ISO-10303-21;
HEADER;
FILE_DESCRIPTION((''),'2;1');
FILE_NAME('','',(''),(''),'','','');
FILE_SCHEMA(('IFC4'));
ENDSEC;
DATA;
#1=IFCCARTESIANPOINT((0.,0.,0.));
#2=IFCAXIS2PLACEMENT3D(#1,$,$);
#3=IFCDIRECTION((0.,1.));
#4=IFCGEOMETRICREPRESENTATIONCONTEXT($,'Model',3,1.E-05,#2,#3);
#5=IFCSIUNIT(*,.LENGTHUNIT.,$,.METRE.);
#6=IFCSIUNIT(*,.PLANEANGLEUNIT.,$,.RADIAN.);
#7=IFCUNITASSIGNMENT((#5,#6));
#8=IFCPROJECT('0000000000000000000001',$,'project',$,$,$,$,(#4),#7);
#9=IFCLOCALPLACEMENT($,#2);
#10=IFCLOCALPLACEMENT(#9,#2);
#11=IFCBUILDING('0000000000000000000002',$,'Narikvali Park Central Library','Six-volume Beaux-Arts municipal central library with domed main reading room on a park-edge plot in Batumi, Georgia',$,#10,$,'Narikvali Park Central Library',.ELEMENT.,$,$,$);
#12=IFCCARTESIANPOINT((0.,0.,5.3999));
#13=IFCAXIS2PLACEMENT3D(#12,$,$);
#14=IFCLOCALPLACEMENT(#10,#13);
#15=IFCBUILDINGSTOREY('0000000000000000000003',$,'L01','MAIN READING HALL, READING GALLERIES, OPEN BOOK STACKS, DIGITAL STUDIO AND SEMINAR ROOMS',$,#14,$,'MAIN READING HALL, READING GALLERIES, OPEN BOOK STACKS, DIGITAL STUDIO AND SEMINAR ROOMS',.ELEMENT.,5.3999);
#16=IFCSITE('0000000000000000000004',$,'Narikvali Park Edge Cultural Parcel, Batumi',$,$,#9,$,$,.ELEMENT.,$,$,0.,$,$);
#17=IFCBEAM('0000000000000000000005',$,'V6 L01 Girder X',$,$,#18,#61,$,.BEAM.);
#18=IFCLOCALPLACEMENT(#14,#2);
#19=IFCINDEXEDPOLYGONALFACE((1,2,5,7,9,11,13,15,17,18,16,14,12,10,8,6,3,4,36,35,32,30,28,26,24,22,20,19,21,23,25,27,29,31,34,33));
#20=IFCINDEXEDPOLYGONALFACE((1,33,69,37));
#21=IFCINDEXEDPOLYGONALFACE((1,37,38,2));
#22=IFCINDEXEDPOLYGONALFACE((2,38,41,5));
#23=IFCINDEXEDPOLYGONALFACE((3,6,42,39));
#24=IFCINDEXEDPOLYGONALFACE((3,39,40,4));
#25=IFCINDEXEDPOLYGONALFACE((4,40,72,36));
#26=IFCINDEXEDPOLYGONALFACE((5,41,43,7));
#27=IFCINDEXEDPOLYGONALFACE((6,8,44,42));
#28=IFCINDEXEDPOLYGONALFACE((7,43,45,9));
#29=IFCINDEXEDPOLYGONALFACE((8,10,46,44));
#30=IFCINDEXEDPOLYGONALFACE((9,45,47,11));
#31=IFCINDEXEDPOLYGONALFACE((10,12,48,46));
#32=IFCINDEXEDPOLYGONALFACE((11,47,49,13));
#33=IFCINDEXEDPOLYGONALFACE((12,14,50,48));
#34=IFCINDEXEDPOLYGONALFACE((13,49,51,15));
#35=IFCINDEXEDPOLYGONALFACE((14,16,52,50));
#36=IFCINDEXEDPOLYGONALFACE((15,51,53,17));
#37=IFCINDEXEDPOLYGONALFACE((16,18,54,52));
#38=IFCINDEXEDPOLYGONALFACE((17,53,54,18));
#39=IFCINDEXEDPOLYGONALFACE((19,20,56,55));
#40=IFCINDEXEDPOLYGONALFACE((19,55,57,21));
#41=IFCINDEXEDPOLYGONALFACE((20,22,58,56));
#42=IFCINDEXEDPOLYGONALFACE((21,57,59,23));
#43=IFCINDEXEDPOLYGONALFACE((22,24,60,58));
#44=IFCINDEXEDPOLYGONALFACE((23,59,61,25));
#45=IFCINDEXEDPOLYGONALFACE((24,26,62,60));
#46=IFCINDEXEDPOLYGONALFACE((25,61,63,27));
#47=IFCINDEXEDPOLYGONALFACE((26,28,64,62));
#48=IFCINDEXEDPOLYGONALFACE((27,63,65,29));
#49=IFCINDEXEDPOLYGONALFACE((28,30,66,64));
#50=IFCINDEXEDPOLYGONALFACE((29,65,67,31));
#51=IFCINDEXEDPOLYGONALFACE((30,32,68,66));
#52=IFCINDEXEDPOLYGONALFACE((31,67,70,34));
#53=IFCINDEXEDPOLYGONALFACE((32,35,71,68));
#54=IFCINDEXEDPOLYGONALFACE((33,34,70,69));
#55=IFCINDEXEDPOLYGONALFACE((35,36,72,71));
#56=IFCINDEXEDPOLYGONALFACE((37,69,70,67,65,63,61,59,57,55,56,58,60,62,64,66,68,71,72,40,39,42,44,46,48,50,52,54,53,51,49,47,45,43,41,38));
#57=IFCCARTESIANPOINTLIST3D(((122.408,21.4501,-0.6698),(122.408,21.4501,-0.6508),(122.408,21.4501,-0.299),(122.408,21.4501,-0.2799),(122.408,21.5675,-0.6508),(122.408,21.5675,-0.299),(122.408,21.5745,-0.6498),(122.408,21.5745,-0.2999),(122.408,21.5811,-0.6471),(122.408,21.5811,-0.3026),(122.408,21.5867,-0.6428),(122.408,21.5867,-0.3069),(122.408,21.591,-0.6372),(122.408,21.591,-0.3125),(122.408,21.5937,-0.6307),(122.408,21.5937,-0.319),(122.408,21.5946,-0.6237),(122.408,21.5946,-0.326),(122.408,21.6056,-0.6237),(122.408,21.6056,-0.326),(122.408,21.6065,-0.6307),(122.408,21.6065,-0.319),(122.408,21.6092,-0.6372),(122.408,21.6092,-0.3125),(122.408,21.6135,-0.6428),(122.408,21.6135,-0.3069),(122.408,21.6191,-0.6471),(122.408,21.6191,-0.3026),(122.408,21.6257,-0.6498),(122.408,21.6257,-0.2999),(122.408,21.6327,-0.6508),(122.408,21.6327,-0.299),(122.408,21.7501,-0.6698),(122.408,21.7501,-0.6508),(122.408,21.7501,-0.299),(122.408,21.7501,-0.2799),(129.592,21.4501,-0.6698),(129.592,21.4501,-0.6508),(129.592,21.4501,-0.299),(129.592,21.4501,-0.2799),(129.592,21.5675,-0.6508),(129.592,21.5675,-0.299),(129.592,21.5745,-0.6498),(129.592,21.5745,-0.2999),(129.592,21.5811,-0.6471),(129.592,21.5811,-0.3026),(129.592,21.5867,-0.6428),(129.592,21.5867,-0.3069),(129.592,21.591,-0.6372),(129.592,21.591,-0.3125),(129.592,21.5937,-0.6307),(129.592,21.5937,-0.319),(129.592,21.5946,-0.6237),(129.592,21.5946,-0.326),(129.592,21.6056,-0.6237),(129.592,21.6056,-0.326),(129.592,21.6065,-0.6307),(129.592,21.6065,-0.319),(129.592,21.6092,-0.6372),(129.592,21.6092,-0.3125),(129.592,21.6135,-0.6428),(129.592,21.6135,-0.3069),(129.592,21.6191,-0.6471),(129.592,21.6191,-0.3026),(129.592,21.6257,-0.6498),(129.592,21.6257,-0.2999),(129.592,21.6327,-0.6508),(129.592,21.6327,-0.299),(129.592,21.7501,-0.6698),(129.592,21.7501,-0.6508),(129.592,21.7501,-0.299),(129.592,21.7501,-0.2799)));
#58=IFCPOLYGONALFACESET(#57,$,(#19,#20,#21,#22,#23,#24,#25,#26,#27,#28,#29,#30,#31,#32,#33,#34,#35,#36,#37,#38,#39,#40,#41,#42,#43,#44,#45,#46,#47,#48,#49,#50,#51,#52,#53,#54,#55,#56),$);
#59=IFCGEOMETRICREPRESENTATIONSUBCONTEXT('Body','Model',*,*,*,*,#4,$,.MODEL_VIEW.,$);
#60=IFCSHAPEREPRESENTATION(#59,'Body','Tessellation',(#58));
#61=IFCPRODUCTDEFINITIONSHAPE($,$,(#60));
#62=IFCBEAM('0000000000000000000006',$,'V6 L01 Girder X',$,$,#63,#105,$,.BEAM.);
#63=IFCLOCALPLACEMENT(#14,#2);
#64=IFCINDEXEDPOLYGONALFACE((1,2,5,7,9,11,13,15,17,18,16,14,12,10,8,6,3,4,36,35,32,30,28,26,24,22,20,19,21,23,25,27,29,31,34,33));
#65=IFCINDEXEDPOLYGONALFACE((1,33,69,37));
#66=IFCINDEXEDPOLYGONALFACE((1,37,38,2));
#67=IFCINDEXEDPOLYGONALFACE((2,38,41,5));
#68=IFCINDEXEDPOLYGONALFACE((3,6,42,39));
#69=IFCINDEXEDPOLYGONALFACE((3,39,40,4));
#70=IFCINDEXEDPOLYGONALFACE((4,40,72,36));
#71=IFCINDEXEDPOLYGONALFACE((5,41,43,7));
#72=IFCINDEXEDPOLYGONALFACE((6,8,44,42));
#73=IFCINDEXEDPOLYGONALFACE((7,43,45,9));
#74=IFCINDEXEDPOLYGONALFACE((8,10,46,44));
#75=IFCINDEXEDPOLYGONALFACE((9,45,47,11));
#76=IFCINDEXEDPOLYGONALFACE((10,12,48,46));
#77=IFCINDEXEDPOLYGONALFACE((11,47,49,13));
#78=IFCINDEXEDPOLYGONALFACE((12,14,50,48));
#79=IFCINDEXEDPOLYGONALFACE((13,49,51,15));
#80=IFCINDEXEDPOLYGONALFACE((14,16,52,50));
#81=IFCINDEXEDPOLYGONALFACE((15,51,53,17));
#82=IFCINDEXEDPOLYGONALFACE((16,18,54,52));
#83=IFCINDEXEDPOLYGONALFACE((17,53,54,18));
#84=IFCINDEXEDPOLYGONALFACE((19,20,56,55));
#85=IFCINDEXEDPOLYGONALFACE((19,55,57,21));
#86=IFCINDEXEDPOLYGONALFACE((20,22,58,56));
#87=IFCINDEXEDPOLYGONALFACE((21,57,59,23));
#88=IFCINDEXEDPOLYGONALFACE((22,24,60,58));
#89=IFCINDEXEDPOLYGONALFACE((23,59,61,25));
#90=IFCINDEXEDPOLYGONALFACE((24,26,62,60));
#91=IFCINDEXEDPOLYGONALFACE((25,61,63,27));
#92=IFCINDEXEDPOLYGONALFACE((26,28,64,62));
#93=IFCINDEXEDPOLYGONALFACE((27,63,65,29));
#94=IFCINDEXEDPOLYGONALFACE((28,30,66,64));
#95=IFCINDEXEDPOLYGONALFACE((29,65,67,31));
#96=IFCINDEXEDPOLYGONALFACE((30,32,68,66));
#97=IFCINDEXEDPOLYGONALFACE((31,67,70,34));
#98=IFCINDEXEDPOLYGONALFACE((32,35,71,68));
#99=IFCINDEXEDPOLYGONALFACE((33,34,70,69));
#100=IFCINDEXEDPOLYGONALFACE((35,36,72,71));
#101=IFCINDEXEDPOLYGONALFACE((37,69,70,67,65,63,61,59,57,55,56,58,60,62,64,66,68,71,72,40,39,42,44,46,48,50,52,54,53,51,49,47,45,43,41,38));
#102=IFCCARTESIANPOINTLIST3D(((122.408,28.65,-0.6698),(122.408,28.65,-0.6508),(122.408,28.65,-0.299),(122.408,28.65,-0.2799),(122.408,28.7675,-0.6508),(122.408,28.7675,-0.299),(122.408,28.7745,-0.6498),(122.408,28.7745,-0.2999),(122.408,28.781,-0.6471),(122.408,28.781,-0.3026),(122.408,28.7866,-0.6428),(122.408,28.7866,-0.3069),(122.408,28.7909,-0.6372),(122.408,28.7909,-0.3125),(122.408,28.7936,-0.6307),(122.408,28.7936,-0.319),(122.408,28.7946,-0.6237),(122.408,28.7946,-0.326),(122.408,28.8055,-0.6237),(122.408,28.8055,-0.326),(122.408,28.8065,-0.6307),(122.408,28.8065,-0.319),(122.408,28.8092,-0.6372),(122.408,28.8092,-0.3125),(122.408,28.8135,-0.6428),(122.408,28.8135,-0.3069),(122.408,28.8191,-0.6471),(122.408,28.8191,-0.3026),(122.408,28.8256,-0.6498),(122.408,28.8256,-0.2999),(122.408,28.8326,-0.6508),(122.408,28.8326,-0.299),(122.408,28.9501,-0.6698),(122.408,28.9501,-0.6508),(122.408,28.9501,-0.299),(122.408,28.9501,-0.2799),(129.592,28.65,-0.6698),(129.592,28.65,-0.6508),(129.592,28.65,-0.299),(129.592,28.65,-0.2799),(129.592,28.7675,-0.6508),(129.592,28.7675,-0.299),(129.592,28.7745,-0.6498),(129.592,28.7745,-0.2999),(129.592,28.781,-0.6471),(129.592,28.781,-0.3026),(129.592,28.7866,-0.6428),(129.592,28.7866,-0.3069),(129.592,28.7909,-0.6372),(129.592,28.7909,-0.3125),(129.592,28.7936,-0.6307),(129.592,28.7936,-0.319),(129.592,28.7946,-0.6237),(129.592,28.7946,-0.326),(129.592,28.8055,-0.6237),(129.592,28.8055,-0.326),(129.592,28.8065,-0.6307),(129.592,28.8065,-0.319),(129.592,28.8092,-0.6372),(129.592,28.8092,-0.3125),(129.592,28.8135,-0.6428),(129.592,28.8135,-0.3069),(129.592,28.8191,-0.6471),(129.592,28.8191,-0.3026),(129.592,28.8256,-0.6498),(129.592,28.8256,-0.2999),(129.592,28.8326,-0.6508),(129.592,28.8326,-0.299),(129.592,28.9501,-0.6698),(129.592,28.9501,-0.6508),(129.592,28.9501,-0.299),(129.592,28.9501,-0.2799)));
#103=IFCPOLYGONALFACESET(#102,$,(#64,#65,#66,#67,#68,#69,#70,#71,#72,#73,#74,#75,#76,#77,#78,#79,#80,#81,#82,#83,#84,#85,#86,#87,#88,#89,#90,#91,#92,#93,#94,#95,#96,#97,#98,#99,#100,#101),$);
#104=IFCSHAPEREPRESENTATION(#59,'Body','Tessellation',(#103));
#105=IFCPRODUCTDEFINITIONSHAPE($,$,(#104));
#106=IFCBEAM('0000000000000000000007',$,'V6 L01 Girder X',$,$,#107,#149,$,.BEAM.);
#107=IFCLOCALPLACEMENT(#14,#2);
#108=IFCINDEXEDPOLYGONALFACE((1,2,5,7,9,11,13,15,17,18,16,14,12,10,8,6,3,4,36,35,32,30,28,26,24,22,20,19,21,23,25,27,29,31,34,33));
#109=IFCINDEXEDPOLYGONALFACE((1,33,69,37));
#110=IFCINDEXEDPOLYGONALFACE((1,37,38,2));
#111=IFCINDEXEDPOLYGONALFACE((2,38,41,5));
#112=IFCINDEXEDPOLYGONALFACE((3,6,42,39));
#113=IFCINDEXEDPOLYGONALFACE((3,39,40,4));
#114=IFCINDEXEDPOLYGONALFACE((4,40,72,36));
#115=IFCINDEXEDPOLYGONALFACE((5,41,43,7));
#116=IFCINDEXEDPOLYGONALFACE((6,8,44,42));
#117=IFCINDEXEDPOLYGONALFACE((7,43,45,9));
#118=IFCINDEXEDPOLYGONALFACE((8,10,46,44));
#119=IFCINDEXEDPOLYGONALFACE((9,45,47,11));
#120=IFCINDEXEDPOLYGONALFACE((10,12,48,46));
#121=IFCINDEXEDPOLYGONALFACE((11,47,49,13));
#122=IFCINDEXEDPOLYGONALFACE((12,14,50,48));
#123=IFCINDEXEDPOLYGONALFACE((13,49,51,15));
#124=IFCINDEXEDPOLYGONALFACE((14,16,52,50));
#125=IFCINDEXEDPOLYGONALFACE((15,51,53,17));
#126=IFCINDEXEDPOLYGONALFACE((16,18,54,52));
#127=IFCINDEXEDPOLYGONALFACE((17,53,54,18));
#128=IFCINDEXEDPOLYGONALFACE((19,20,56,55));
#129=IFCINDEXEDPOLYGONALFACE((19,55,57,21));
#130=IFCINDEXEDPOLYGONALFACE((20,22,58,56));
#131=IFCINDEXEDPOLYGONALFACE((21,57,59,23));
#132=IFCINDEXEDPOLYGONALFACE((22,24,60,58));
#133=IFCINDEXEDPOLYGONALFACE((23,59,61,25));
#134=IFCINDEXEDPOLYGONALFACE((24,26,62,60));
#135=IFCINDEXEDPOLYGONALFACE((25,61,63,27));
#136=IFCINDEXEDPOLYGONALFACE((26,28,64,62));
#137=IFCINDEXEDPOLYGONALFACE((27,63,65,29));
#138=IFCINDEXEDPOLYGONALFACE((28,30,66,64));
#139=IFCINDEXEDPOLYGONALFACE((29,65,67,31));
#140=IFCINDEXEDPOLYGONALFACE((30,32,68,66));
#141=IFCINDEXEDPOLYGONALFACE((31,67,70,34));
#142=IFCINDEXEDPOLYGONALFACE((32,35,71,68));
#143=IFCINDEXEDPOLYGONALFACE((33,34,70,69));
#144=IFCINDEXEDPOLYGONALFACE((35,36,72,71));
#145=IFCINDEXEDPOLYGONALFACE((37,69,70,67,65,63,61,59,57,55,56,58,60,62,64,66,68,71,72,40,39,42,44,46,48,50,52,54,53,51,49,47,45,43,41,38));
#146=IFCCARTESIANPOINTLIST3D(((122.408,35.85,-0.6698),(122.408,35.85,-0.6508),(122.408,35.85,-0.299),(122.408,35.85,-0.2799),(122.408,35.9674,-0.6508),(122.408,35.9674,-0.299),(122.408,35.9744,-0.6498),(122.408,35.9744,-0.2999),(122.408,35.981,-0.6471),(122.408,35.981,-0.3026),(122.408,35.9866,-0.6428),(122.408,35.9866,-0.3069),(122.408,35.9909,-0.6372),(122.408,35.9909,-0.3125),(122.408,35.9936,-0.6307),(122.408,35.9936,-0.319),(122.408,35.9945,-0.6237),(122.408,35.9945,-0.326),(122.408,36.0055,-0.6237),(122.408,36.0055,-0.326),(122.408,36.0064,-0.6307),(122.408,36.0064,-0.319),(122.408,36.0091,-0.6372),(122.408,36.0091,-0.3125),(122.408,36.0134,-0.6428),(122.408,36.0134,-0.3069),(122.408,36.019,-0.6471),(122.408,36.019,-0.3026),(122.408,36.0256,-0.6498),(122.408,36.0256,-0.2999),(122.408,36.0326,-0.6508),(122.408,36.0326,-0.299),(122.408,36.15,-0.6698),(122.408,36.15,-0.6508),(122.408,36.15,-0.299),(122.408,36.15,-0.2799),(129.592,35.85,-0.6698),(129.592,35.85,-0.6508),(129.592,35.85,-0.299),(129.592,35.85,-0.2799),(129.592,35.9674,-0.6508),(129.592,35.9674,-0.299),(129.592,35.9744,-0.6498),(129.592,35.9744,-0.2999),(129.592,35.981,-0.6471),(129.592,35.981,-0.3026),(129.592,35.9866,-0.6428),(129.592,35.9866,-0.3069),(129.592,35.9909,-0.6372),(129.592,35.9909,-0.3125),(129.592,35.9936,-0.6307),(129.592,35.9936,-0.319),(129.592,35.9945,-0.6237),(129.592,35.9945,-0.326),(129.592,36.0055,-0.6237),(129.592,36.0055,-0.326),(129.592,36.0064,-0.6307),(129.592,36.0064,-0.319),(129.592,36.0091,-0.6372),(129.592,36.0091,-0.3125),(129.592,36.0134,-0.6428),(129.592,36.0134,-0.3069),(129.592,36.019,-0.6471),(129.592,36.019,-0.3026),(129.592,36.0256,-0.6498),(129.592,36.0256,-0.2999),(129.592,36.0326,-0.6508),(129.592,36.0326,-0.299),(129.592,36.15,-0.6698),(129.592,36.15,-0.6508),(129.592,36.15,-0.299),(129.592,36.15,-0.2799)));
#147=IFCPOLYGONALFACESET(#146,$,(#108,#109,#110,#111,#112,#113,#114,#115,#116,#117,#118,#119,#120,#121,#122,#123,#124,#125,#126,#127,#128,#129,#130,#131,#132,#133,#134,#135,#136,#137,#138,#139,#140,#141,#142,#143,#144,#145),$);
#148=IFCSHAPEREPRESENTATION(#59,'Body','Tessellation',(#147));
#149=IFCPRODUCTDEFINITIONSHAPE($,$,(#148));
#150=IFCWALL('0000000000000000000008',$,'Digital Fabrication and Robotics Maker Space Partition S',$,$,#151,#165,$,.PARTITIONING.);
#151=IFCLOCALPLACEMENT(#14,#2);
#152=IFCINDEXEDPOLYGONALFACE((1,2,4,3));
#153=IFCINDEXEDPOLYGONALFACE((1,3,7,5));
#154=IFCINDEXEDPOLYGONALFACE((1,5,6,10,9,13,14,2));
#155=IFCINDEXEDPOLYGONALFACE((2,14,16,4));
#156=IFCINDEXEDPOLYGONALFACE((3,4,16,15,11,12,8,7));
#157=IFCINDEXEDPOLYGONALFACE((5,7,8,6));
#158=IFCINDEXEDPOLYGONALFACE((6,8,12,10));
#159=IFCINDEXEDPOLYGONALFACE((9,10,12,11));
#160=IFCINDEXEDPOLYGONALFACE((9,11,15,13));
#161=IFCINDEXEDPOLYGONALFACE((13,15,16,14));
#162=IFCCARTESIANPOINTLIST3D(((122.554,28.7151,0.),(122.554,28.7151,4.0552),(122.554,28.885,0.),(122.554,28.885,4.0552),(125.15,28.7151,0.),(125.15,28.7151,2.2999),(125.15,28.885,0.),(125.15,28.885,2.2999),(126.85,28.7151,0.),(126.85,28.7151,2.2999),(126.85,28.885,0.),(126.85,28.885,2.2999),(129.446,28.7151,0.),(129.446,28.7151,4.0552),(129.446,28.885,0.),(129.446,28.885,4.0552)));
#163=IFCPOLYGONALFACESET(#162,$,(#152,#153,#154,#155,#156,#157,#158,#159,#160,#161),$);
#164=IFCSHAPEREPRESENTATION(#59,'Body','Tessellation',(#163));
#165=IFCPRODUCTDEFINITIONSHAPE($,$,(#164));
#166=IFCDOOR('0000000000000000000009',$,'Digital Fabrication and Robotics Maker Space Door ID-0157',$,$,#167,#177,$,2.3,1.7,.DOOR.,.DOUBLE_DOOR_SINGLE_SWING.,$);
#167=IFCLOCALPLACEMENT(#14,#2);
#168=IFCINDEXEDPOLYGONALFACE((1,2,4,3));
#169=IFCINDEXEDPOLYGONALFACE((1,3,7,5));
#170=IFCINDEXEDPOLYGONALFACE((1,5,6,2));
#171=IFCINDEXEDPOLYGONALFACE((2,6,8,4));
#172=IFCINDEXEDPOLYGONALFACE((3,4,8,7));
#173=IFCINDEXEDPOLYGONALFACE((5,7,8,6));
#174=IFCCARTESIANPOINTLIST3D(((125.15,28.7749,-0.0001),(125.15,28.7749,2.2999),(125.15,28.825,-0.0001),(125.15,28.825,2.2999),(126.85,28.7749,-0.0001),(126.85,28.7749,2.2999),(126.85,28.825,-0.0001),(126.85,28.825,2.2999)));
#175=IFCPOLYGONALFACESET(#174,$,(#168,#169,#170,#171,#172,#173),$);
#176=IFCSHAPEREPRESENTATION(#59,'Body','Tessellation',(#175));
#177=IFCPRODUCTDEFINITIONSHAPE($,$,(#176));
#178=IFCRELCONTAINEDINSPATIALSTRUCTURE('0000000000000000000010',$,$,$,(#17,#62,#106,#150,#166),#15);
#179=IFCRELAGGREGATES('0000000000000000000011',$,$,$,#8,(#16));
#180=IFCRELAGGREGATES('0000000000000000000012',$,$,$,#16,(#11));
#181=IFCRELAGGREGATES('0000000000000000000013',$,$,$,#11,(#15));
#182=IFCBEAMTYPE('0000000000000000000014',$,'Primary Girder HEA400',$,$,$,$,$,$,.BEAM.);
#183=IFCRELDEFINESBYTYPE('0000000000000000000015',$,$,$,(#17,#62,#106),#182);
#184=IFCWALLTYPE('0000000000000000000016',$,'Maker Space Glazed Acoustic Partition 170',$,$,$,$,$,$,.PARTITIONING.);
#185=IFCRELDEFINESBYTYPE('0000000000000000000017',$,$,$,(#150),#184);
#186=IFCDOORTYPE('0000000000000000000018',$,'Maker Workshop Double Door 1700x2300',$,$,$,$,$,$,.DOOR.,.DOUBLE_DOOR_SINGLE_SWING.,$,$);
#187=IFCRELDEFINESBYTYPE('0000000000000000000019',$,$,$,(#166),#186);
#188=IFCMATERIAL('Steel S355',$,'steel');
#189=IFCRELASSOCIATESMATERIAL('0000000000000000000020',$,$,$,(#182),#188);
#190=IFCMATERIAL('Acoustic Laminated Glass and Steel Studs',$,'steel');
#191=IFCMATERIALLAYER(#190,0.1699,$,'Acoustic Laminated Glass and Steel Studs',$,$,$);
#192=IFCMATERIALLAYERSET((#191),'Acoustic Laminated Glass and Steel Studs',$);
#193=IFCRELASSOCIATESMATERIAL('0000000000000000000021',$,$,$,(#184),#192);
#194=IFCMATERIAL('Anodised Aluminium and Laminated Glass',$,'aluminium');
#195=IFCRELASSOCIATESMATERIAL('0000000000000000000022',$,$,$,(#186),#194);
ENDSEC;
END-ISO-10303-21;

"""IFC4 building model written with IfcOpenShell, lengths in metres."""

from ifc_helpers import new_model, si_unit, direction, frame, frame_2d, origin, origin_2d, place, context, subcontext, project, spatial, rectangle, i_section, extrude, material, layer, layer_set, material_profile, profile_set, type_object, element, fill, save


model = new_model("IFC4")

# Units and contexts
model_context = context("Model", 3, precision=1e-05, world=origin(), true_north=direction((0.0, 1.0)))
body_context = subcontext(model_context, "Body", "Model", "MODEL_VIEW")
ifc_project = project(units=[si_unit("LENGTHUNIT", "METRE"), si_unit("PLANEANGLEUNIT", "RADIAN")], contexts=[model_context])

# Site, building, storey
site_placement = place(None, origin())
site = spatial("IfcSite", under=ifc_project, at=site_placement, Name="Narikvali Park Edge Cultural Parcel, Batumi", CompositionType="ELEMENT", RefElevation=0.0)
building_placement = place(site_placement, origin())
building = spatial("IfcBuilding", under=site, at=building_placement, Name="Narikvali Park Central Library", Description="Six-volume Beaux-Arts municipal central library with domed main reading room on a park-edge plot in Batumi, Georgia", LongName="Narikvali Park Central Library", CompositionType="ELEMENT")
storey_placement = place(building_placement, frame((0.0, 0.0, 5.3999)))
storey = spatial("IfcBuildingStorey", under=building, at=storey_placement, Name="L01", Description="MAIN READING HALL, READING GALLERIES, OPEN BOOK STACKS, DIGITAL STUDIO AND SEMINAR ROOMS", LongName="MAIN READING HALL, READING GALLERIES, OPEN BOOK STACKS, DIGITAL STUDIO AND SEMINAR ROOMS", CompositionType="ELEMENT", Elevation=5.3999)

# Shared definitions
ifc_material_1 = material(Name="Steel S355", Category="steel")

# Beams
ifc_material_profile_1 = material_profile(ifc_material_1, i_section(OverallWidth=0.3, OverallDepth=0.3899, WebThickness=0.011, FlangeThickness=0.019, FilletRadius=0.0271, at=origin_2d()), Name="HEA 400")
ifc_profile_set_1 = profile_set([ifc_material_profile_1], Name="Steel S355")
beam_type_1 = type_object("IfcBeamType", Name="Primary Girder HEA400", PredefinedType="BEAM", material=ifc_profile_set_1)
for number, where, z_axis, x_axis, name in (
    (1, (122.408, 21.6001, -0.4749), (1.0, 0.0, 0.0), (0.0, 1.0, 0.0), "V6 L01 Girder X"),
    (2, (122.408, 28.8, -0.4749), (1.0, 0.0, 0.0), (0.0, 1.0, 0.0), "V6 L01 Girder X"),
    (3, (122.408, 36.0, -0.4749), (1.0, 0.0, 0.0), (0.0, 1.0, 0.0), "V6 L01 Girder X"),
):
    element("IfcBeam", number, at=place(storey_placement, frame(where, z_axis=z_axis, x_axis=x_axis)), inside=storey, type_object=beam_type_1, Name=name, PredefinedType="BEAM", context=body_context, shape_type="SweptSolid", body=[
        extrude(i_section(OverallWidth=0.3, OverallDepth=0.3899, WebThickness=0.011, FlangeThickness=0.019, FilletRadius=0.0271, at=origin_2d()), origin(), (0.0, 0.0, 1.0), 7.1841),
    ])

# Wall, opening, door
ifc_material_2 = material(Name="Acoustic Laminated Glass and Steel Studs", Category="steel")
ifc_layer_1 = layer(ifc_material_2, 0.1699, Name="Acoustic Laminated Glass and Steel Studs")
ifc_layer_set_1 = layer_set([ifc_layer_1], Name="Acoustic Laminated Glass and Steel Studs")
wall_type_1 = type_object("IfcWallType", Name="Maker Space Glazed Acoustic Partition 170", PredefinedType="PARTITIONING", material=ifc_layer_set_1)
wall_1_placement = place(storey_placement, frame((122.554, 28.8, 0.0), z_axis=(0.0, 0.0, 1.0), x_axis=(1.0, 0.0, 0.0)))
wall_1 = element("IfcWall", 4, at=wall_1_placement, inside=storey, type_object=wall_type_1, Name="Digital Fabrication and Robotics Maker Space Partition S", PredefinedType="PARTITIONING", context=body_context, shape_type="SweptSolid", body=[
    extrude(rectangle(XDim=6.8921, YDim=0.1699, at=frame_2d((3.446, 0.0))), origin(), (0.0, 0.0, 1.0), 4.0552),
])
opening_1_placement = place(wall_1_placement, frame((2.5959, 0.0, 0.0)))
opening_1 = element("IfcOpeningElement", 5, at=opening_1_placement, cuts=wall_1, PredefinedType="OPENING", context=body_context, shape_type="SweptSolid", body=[
    extrude(rectangle(XDim=1.7, YDim=2.3, at=frame_2d((0.8501, 1.1499))), frame((0.0, 0.0969, 0.0), z_axis=(0.0, -1.0, 0.0), x_axis=(1.0, 0.0, 0.0)), (0.0, 0.0, 1.0), 0.1938),
])
ifc_material_3 = material(Name="Anodised Aluminium and Laminated Glass", Category="aluminium")
door_type = type_object("IfcDoorType", Name="Maker Workshop Double Door 1700x2300", OperationType="DOUBLE_DOOR_SINGLE_SWING", PredefinedType="DOOR", material=ifc_material_3)
door_placement = place(opening_1_placement, origin())
door = element("IfcDoor", 6, at=door_placement, inside=storey, type_object=door_type, Name="Digital Fabrication and Robotics Maker Space Door ID-0157", OperationType="DOUBLE_DOOR_SINGLE_SWING", OverallHeight=2.3, OverallWidth=1.7, PredefinedType="DOOR", context=body_context, shape_type="SweptSolid", body=[
    extrude(rectangle(XDim=1.7, YDim=2.3, at=frame_2d((0.8501, 1.1499))), frame((0.0, 0.0249, 0.0), z_axis=(0.0, -1.0, 0.0), x_axis=(1.0, 0.0, 0.0)), (0.0, 0.0, 1.0), 0.05),
])
fill(opening_1, door)

save(model, "model.ifc")
